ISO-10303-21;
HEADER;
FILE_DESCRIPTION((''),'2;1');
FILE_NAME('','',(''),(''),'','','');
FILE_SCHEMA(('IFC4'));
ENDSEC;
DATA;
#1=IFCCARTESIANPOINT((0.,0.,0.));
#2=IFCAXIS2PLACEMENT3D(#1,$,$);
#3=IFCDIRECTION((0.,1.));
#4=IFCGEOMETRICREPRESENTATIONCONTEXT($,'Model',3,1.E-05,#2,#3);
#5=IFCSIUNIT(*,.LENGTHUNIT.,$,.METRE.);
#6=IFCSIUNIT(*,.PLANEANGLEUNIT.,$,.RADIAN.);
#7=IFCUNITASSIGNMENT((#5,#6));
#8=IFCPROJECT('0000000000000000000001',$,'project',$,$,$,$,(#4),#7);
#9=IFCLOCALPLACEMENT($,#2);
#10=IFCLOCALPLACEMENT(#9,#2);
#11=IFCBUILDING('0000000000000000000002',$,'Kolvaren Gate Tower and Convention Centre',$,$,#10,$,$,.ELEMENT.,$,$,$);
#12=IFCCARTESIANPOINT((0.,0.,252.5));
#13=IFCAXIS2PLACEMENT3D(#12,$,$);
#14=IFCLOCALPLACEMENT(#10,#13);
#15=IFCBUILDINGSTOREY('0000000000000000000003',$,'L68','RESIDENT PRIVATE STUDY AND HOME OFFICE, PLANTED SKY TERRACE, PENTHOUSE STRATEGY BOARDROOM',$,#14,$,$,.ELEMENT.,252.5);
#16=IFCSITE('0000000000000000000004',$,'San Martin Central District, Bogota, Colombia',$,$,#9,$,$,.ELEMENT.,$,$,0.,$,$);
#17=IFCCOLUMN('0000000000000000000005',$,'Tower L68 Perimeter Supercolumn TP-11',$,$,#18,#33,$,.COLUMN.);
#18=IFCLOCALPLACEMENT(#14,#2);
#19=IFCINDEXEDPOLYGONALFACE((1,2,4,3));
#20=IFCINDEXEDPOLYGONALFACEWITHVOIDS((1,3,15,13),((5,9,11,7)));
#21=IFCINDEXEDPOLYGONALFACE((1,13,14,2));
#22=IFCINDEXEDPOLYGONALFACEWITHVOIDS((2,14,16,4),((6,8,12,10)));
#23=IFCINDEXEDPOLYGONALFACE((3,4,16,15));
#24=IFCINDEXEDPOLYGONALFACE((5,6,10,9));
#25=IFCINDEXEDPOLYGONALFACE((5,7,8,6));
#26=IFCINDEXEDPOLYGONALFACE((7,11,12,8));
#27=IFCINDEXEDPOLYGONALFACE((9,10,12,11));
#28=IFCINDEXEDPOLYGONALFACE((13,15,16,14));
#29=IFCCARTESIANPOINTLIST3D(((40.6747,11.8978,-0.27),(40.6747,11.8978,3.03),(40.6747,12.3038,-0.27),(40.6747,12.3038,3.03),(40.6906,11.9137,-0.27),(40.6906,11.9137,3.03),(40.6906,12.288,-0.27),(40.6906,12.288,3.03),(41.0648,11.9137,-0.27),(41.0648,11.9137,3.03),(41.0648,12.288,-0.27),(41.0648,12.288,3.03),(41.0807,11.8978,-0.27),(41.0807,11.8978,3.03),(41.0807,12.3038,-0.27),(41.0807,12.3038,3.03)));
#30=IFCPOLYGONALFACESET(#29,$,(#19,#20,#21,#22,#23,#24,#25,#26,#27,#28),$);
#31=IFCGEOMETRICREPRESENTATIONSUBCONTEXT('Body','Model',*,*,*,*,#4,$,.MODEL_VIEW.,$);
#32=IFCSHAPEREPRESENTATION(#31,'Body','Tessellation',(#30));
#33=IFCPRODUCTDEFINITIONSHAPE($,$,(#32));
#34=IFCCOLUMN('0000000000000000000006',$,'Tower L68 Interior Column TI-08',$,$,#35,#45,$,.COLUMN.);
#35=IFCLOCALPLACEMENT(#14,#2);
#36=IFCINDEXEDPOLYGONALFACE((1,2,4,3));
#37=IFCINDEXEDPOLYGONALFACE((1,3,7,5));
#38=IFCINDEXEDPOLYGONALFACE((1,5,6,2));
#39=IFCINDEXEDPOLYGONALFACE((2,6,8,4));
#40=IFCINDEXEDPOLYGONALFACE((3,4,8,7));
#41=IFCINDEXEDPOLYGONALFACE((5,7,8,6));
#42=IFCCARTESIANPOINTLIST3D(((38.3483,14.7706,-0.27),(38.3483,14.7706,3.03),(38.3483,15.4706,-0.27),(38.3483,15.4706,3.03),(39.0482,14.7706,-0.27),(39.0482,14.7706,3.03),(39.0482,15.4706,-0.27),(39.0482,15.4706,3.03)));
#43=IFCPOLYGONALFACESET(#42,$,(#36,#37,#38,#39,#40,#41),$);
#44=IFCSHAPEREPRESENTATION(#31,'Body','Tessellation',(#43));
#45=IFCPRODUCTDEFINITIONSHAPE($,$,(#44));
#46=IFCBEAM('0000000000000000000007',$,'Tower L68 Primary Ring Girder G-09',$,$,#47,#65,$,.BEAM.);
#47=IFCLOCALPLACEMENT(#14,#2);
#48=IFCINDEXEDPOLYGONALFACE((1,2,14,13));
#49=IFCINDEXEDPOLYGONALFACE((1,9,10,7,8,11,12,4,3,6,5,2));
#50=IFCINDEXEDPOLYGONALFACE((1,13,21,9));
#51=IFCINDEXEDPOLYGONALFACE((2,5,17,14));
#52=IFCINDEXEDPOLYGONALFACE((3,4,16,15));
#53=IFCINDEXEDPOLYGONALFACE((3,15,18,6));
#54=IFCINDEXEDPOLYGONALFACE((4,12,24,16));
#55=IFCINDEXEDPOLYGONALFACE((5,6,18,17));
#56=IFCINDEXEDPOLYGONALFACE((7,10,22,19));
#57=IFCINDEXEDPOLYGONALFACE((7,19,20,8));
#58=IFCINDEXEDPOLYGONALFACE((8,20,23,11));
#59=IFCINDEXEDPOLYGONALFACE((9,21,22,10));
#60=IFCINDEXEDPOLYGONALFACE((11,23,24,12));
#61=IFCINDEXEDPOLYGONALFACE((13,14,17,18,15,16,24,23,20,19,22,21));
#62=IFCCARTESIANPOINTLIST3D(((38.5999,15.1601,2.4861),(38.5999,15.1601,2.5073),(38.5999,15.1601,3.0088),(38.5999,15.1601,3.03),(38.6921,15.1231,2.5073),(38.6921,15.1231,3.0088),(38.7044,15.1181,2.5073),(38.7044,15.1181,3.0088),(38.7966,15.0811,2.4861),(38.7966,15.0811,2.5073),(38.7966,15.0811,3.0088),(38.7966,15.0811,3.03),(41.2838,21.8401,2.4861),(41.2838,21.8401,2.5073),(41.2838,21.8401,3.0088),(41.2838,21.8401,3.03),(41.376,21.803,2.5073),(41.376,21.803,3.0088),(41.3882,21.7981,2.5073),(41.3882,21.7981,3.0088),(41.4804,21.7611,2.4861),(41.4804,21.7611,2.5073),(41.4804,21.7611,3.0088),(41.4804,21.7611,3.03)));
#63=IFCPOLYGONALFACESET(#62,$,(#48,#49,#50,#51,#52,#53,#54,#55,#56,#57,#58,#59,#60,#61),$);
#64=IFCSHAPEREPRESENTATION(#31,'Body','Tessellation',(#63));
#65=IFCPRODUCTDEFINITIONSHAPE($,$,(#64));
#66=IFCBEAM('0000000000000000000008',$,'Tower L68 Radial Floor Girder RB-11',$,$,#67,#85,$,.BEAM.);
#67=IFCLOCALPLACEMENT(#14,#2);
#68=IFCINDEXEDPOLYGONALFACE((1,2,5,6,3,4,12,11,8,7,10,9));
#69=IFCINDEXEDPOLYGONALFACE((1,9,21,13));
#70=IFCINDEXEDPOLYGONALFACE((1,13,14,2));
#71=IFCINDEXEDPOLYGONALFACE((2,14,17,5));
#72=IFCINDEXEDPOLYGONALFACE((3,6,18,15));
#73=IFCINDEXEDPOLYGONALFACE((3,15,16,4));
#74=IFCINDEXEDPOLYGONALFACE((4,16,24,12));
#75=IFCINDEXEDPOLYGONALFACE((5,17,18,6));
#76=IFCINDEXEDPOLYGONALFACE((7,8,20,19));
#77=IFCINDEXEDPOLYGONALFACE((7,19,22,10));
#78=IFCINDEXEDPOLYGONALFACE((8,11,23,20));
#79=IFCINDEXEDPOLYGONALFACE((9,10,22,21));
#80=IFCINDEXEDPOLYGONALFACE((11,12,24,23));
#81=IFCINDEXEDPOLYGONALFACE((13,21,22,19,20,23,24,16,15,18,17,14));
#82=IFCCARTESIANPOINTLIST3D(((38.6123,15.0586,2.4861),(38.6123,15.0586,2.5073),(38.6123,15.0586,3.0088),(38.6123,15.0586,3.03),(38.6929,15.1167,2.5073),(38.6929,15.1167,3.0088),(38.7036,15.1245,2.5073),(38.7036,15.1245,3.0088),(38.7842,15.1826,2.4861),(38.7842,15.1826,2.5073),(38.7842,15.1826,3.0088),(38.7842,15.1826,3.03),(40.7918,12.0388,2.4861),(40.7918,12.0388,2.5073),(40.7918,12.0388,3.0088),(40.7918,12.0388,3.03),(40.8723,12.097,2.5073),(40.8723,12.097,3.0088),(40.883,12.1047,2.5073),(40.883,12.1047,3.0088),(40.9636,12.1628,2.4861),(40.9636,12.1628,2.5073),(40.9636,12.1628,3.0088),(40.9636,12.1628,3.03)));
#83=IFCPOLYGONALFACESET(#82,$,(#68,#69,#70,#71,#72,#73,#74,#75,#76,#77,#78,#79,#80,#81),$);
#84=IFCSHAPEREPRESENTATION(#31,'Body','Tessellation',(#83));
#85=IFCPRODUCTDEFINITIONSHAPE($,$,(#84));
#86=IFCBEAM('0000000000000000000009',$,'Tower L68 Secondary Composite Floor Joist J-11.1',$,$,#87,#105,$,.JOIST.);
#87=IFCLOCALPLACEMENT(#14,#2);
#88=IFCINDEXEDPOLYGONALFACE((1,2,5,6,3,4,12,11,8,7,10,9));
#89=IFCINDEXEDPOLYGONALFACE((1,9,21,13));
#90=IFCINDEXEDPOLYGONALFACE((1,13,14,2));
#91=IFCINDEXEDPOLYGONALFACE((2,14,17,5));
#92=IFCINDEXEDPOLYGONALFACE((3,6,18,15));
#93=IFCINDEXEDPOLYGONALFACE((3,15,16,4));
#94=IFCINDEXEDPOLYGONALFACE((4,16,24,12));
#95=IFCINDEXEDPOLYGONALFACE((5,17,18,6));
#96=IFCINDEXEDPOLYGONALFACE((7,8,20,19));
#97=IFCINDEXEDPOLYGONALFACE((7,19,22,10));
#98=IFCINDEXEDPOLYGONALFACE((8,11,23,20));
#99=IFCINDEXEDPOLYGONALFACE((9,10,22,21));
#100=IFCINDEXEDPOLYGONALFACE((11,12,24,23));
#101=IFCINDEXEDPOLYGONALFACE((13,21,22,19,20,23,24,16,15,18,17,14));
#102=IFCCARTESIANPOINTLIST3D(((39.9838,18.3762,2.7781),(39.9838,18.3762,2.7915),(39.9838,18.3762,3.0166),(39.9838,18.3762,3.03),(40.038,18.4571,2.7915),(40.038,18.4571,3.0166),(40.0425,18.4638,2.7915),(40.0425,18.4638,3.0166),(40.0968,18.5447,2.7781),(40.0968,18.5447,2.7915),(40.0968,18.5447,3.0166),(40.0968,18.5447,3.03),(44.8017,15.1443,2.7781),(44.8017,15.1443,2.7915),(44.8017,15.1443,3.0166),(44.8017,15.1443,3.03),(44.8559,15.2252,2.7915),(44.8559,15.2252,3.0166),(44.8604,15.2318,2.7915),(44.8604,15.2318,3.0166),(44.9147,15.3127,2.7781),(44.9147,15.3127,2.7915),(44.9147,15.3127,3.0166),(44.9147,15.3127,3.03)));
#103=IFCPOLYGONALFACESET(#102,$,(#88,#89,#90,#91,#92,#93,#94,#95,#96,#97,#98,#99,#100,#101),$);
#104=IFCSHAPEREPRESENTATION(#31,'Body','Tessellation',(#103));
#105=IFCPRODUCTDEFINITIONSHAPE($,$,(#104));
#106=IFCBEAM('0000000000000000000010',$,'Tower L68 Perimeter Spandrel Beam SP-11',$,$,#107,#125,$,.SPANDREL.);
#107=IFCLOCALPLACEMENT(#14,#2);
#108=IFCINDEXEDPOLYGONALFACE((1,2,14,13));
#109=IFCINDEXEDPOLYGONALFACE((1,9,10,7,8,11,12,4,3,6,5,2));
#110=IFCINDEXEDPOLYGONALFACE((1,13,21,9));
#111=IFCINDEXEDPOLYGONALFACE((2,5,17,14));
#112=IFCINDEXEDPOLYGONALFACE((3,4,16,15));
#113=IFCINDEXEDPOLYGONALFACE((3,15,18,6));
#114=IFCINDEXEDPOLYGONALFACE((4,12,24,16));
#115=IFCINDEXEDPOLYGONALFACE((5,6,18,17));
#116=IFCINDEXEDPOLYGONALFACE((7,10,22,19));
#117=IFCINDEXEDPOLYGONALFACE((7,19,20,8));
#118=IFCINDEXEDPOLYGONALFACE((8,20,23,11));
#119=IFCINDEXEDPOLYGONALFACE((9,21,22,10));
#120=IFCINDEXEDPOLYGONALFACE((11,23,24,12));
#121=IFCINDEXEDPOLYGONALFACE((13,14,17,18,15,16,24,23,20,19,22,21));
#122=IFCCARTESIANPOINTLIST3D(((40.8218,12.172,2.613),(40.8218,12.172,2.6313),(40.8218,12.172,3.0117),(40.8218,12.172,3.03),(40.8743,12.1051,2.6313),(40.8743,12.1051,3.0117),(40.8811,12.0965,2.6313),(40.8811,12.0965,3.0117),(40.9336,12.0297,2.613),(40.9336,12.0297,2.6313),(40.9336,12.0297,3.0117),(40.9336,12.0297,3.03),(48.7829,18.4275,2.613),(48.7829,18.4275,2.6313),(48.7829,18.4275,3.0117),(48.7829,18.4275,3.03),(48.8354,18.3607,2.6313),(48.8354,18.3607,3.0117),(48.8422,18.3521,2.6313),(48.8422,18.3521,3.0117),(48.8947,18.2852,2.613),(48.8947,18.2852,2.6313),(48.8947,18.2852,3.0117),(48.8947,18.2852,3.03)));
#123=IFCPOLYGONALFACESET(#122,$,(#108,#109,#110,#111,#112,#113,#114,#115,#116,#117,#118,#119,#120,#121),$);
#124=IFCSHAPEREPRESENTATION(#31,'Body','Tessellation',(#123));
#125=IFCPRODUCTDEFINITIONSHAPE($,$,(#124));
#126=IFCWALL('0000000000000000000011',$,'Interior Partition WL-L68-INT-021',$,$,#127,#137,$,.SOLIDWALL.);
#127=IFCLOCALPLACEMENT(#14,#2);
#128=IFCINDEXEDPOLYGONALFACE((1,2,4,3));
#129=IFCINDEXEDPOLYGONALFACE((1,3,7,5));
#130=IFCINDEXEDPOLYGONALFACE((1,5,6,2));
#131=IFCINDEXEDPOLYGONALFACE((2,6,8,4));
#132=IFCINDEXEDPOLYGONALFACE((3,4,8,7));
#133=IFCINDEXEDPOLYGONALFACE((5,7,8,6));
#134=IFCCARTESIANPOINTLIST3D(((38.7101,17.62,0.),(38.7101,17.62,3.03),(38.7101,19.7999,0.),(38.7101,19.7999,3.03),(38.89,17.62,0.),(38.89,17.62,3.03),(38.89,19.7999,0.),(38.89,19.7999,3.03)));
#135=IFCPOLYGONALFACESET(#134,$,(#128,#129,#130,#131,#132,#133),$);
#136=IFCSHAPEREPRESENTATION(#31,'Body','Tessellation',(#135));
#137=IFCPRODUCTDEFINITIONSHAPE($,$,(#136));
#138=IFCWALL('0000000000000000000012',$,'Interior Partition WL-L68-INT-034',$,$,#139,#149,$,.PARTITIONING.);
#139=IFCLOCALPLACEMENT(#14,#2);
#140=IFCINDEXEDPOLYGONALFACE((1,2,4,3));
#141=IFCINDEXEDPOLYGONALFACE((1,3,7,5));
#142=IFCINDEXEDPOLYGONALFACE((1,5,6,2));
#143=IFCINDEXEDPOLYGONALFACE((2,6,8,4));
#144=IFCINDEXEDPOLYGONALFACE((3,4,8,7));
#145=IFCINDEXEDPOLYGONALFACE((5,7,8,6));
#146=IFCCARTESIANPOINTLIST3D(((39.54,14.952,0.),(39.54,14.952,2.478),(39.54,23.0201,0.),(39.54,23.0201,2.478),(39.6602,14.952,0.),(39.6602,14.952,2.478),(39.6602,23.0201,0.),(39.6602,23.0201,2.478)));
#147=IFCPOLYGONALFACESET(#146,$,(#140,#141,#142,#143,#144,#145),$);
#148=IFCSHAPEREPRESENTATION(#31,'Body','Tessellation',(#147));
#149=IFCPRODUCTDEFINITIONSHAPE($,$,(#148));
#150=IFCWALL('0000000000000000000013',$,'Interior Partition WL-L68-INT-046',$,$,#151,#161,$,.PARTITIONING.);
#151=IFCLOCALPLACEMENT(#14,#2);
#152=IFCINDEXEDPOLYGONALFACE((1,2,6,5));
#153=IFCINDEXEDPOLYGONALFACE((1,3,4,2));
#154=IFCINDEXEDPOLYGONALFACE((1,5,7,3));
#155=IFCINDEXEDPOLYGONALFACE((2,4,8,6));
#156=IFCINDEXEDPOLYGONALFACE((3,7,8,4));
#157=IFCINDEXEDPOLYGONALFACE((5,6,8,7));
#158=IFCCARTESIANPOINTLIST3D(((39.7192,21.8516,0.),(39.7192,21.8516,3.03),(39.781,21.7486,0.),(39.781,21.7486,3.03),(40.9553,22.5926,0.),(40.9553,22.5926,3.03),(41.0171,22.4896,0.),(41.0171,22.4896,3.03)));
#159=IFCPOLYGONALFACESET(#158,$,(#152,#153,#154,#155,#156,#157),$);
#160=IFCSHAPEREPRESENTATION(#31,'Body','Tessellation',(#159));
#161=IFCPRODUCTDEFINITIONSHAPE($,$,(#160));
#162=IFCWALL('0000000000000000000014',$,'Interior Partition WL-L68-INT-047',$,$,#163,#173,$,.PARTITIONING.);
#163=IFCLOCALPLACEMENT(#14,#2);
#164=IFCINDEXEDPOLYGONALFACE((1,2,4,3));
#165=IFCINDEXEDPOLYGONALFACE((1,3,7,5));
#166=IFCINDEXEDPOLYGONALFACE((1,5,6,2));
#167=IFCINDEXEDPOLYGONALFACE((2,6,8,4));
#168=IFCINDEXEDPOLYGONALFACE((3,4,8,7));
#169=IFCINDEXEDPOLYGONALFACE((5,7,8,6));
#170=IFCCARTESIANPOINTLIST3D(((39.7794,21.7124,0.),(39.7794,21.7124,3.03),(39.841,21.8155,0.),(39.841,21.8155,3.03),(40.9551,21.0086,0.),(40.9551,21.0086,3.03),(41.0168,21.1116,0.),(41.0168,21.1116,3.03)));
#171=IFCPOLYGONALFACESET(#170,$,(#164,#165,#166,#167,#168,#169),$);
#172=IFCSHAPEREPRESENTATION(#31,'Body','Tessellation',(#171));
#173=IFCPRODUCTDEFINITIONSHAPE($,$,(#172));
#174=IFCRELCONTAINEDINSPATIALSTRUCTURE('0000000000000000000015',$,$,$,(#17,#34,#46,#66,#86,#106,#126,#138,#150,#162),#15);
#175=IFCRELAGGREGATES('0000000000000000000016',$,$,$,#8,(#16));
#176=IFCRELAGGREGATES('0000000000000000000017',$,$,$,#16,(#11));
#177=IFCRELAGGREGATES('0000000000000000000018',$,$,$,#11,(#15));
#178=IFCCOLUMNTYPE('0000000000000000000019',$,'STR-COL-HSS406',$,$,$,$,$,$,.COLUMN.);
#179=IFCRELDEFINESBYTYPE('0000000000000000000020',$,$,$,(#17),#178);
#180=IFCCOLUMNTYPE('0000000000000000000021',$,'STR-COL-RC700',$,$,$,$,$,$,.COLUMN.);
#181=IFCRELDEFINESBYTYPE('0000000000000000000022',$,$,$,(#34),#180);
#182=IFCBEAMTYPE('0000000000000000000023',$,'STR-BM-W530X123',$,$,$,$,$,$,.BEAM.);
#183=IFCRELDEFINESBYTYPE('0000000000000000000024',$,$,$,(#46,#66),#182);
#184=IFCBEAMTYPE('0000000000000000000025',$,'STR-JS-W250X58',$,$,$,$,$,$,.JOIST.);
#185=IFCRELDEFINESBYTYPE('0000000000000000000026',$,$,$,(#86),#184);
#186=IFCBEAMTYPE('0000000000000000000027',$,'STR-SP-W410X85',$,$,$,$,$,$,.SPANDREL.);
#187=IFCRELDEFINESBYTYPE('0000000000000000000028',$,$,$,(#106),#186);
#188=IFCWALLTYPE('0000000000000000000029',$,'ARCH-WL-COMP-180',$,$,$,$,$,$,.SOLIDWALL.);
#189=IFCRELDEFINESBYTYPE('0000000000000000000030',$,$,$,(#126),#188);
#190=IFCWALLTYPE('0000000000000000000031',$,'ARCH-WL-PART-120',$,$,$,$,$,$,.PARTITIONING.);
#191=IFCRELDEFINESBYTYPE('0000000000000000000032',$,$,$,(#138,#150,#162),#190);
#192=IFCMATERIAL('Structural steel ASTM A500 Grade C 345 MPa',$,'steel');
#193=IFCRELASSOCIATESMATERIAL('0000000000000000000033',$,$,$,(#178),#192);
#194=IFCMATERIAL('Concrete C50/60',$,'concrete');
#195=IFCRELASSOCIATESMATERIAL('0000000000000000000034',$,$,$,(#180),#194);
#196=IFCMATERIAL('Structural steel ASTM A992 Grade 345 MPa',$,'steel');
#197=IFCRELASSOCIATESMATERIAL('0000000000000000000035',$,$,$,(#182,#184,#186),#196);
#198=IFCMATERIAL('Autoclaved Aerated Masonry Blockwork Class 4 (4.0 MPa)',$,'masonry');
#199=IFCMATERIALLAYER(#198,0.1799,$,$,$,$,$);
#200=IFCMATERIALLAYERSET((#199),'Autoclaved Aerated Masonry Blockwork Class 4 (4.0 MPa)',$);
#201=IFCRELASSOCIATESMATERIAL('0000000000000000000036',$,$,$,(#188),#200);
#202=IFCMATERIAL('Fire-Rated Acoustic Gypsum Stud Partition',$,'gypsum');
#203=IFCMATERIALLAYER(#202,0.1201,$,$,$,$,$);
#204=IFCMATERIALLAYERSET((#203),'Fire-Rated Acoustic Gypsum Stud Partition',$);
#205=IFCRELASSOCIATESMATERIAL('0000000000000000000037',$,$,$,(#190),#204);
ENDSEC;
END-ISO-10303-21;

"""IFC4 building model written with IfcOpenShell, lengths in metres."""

from ifc_helpers import new_model, si_unit, direction, frame, frame_2d, origin, origin_2d, place, context, subcontext, project, spatial, rectangle, hollow_rectangle, i_section, extrude, material, layer, layer_set, material_profile, profile_set, type_object, element, save


model = new_model("IFC4")

# Units and contexts
model_context = context("Model", 3, precision=1e-05, world=origin(), true_north=direction((0.0, 1.0)))
body_context = subcontext(model_context, "Body", "Model", "MODEL_VIEW")
ifc_project = project(units=[si_unit("LENGTHUNIT", "METRE"), si_unit("PLANEANGLEUNIT", "RADIAN")], contexts=[model_context])

# Site, building, storey
site_placement = place(None, origin())
site = spatial("IfcSite", under=ifc_project, at=site_placement, Name="San Martin Central District, Bogota, Colombia", CompositionType="ELEMENT", RefElevation=0.0)
building_placement = place(site_placement, origin())
building = spatial("IfcBuilding", under=site, at=building_placement, Name="Kolvaren Gate Tower and Convention Centre", CompositionType="ELEMENT")
storey_placement = place(building_placement, frame((0.0, 0.0, 252.5)))
storey = spatial("IfcBuildingStorey", under=building, at=storey_placement, Name="L68", Description="RESIDENT PRIVATE STUDY AND HOME OFFICE, PLANTED SKY TERRACE, PENTHOUSE STRATEGY BOARDROOM", CompositionType="ELEMENT", Elevation=252.5)

# Columns
ifc_material_1 = material(Name="Structural steel ASTM A500 Grade C 345 MPa", Category="steel")
ifc_material_profile_1 = material_profile(ifc_material_1, hollow_rectangle(XDim=0.406, YDim=0.406, WallThickness=0.0159, at=origin_2d()), Name="HSS406X406X15.9")
ifc_profile_set_1 = profile_set([ifc_material_profile_1], Name="Structural steel ASTM A500 Grade C 345 MPa")
column_type_1 = type_object("IfcColumnType", Name="STR-COL-HSS406", PredefinedType="COLUMN", material=ifc_profile_set_1)
column_1_placement = place(storey_placement, frame((40.8777, 12.1008, -0.27), z_axis=(0.0, 0.0, 1.0), x_axis=(1.0, 0.0, 0.0)))
element("IfcColumn", 1, at=column_1_placement, inside=storey, type_object=column_type_1, Name="Tower L68 Perimeter Supercolumn TP-11", PredefinedType="COLUMN", context=body_context, shape_type="SweptSolid", body=[
    extrude(hollow_rectangle(XDim=0.406, YDim=0.406, WallThickness=0.0159, at=origin_2d()), origin(), (0.0, 0.0, 1.0), 3.3),
])
ifc_material_2 = material(Name="Concrete C50/60", Category="concrete")
ifc_material_profile_2 = material_profile(ifc_material_2, rectangle(XDim=0.7, YDim=0.7, at=origin_2d()), Name="RC-COL-700X700")
ifc_profile_set_2 = profile_set([ifc_material_profile_2], Name="Concrete C50/60")
column_type_2 = type_object("IfcColumnType", Name="STR-COL-RC700", PredefinedType="COLUMN", material=ifc_profile_set_2)
column_2_placement = place(storey_placement, frame((38.6982, 15.1206, -0.27), z_axis=(0.0, 0.0, 1.0), x_axis=(1.0, 0.0, 0.0)))
element("IfcColumn", 2, at=column_2_placement, inside=storey, type_object=column_type_2, Name="Tower L68 Interior Column TI-08", PredefinedType="COLUMN", context=body_context, shape_type="SweptSolid", body=[
    extrude(rectangle(XDim=0.7, YDim=0.7, at=origin_2d()), origin(), (0.0, 0.0, 1.0), 3.3),
])

# Beams
ifc_material_3 = material(Name="Structural steel ASTM A992 Grade 345 MPa", Category="steel")
ifc_material_profile_3 = material_profile(ifc_material_3, i_section(OverallWidth=0.2119, OverallDepth=0.5439, WebThickness=0.0132, FlangeThickness=0.0212, at=origin_2d()), Name="W530X123")
ifc_profile_set_3 = profile_set([ifc_material_profile_3], Name="Structural steel ASTM A992 Grade 345 MPa")
beam_type_1 = type_object("IfcBeamType", Name="STR-BM-W530X123", PredefinedType="BEAM", material=ifc_profile_set_3)
beam_1_placement = place(storey_placement, frame((38.6982, 15.1206, 2.7581), z_axis=(0.372811, 0.927907, 0.0), x_axis=(-0.927907, 0.372811, 0.0)))
element("IfcBeam", 3, at=beam_1_placement, inside=storey, type_object=beam_type_1, Name="Tower L68 Primary Ring Girder G-09", PredefinedType="BEAM", context=body_context, shape_type="SweptSolid", body=[
    extrude(i_section(OverallWidth=0.2119, OverallDepth=0.5439, WebThickness=0.0132, FlangeThickness=0.0212, at=origin_2d()), origin(), (0.0, 0.0, 1.0), 7.199),
])
beam_2_placement = place(storey_placement, frame((38.6982, 15.1206, 2.7581), z_axis=(0.585225, -0.810871, 0.0), x_axis=(0.810871, 0.585225, 0.0)))
element("IfcBeam", 4, at=beam_2_placement, inside=storey, type_object=beam_type_1, Name="Tower L68 Radial Floor Girder RB-11", PredefinedType="BEAM", context=body_context, shape_type="SweptSolid", body=[
    extrude(i_section(OverallWidth=0.2119, OverallDepth=0.5439, WebThickness=0.0132, FlangeThickness=0.0212, at=origin_2d()), origin(), (0.0, 0.0, 1.0), 3.7241),
])
ifc_material_profile_4 = material_profile(ifc_material_3, i_section(OverallWidth=0.2029, OverallDepth=0.252, WebThickness=0.0081, FlangeThickness=0.0134, at=origin_2d()), Name="W250X58")
ifc_profile_set_4 = profile_set([ifc_material_profile_4], Name="Structural steel ASTM A992 Grade 345 MPa")
beam_type_2 = type_object("IfcBeamType", Name="STR-JS-W250X58", PredefinedType="JOIST", material=ifc_profile_set_4)
beam_3_placement = place(storey_placement, frame((40.0403, 18.4604, 2.9041), z_axis=(0.830454, -0.557087, 0.0), x_axis=(0.557087, 0.830454, 0.0)))
element("IfcBeam", 5, at=beam_3_placement, inside=storey, type_object=beam_type_2, Name="Tower L68 Secondary Composite Floor Joist J-11.1", PredefinedType="JOIST", context=body_context, shape_type="SweptSolid", body=[
    extrude(i_section(OverallWidth=0.2029, OverallDepth=0.252, WebThickness=0.0081, FlangeThickness=0.0134, at=origin_2d()), origin(), (0.0, 0.0, 1.0), 5.8015),
])
ifc_material_profile_5 = material_profile(ifc_material_3, i_section(OverallWidth=0.1809, OverallDepth=0.417, WebThickness=0.011, FlangeThickness=0.0183, at=origin_2d()), Name="W410X85")
ifc_profile_set_5 = profile_set([ifc_material_profile_5], Name="Structural steel ASTM A992 Grade 345 MPa")
beam_type_3 = type_object("IfcBeamType", Name="STR-SP-W410X85", PredefinedType="SPANDREL", material=ifc_profile_set_5)
beam_4_placement = place(storey_placement, frame((40.8777, 12.1008, 2.8215), z_axis=(0.786299, 0.617846, 0.0), x_axis=(-0.617846, 0.786299, 0.0)))
element("IfcBeam", 6, at=beam_4_placement, inside=storey, type_object=beam_type_3, Name="Tower L68 Perimeter Spandrel Beam SP-11", PredefinedType="SPANDREL", context=body_context, shape_type="SweptSolid", body=[
    extrude(i_section(OverallWidth=0.1809, OverallDepth=0.417, WebThickness=0.011, FlangeThickness=0.0183, at=origin_2d()), origin(), (0.0, 0.0, 1.0), 10.1248),
])

# Walls
ifc_material_4 = material(Name="Autoclaved Aerated Masonry Blockwork Class 4 (4.0 MPa)", Category="masonry")
ifc_layer_1 = layer(ifc_material_4, 0.1799)
ifc_layer_set_1 = layer_set([ifc_layer_1], Name="Autoclaved Aerated Masonry Blockwork Class 4 (4.0 MPa)")
wall_type_1 = type_object("IfcWallType", Name="ARCH-WL-COMP-180", PredefinedType="SOLIDWALL", material=ifc_layer_set_1)
wall_1_placement = place(storey_placement, frame((38.8, 17.6201, 0.0), z_axis=(0.0, 0.0, 1.0), x_axis=(0.0, 1.0, 0.0)))
element("IfcWall", 7, at=wall_1_placement, inside=storey, type_object=wall_type_1, Name="Interior Partition WL-L68-INT-021", PredefinedType="SOLIDWALL", context=body_context, shape_type="SweptSolid", body=[
    extrude(rectangle(XDim=2.1799, YDim=0.1799, at=frame_2d((1.0898, 0.0))), origin(), (0.0, 0.0, 1.0), 3.03),
])
ifc_material_5 = material(Name="Fire-Rated Acoustic Gypsum Stud Partition", Category="gypsum")
ifc_layer_2 = layer(ifc_material_5, 0.1201)
ifc_layer_set_2 = layer_set([ifc_layer_2], Name="Fire-Rated Acoustic Gypsum Stud Partition")
wall_type_2 = type_object("IfcWallType", Name="ARCH-WL-PART-120", PredefinedType="PARTITIONING", material=ifc_layer_set_2)
wall_2_placement = place(storey_placement, frame((39.6001, 14.9519, 0.0), z_axis=(0.0, 0.0, 1.0), x_axis=(0.0, 1.0, 0.0)))
element("IfcWall", 8, at=wall_2_placement, inside=storey, type_object=wall_type_2, Name="Interior Partition WL-L68-INT-034", PredefinedType="PARTITIONING", context=body_context, shape_type="SweptSolid", body=[
    extrude(rectangle(XDim=8.0681, YDim=0.1201, at=frame_2d((4.0342, 0.0))), origin(), (0.0, 0.0, 1.0), 2.478),
])
wall_3_placement = place(storey_placement, frame((39.75, 21.8, 0.0), z_axis=(0.0, 0.0, 1.0), x_axis=(0.857702, 0.514147, 0.0)))
element("IfcWall", 9, at=wall_3_placement, inside=storey, type_object=wall_type_2, Name="Interior Partition WL-L68-INT-046", PredefinedType="PARTITIONING", context=body_context, shape_type="SweptSolid", body=[
    extrude(rectangle(XDim=1.4412, YDim=0.1201, at=frame_2d((0.7207, 0.0))), origin(), (0.0, 0.0, 1.0), 3.03),
])
wall_4_placement = place(storey_placement, frame((39.8103, 21.7639, 0.0), z_axis=(0.0, 0.0, 1.0), x_axis=(0.858011, -0.513631, 0.0)))
element("IfcWall", 10, at=wall_4_placement, inside=storey, type_object=wall_type_2, Name="Interior Partition WL-L68-INT-047", PredefinedType="PARTITIONING", context=body_context, shape_type="SweptSolid", body=[
    extrude(rectangle(XDim=1.3704, YDim=0.1201, at=frame_2d((0.6851, 0.0))), origin(), (0.0, 0.0, 1.0), 3.03),
])

save(model, "model.ifc")
